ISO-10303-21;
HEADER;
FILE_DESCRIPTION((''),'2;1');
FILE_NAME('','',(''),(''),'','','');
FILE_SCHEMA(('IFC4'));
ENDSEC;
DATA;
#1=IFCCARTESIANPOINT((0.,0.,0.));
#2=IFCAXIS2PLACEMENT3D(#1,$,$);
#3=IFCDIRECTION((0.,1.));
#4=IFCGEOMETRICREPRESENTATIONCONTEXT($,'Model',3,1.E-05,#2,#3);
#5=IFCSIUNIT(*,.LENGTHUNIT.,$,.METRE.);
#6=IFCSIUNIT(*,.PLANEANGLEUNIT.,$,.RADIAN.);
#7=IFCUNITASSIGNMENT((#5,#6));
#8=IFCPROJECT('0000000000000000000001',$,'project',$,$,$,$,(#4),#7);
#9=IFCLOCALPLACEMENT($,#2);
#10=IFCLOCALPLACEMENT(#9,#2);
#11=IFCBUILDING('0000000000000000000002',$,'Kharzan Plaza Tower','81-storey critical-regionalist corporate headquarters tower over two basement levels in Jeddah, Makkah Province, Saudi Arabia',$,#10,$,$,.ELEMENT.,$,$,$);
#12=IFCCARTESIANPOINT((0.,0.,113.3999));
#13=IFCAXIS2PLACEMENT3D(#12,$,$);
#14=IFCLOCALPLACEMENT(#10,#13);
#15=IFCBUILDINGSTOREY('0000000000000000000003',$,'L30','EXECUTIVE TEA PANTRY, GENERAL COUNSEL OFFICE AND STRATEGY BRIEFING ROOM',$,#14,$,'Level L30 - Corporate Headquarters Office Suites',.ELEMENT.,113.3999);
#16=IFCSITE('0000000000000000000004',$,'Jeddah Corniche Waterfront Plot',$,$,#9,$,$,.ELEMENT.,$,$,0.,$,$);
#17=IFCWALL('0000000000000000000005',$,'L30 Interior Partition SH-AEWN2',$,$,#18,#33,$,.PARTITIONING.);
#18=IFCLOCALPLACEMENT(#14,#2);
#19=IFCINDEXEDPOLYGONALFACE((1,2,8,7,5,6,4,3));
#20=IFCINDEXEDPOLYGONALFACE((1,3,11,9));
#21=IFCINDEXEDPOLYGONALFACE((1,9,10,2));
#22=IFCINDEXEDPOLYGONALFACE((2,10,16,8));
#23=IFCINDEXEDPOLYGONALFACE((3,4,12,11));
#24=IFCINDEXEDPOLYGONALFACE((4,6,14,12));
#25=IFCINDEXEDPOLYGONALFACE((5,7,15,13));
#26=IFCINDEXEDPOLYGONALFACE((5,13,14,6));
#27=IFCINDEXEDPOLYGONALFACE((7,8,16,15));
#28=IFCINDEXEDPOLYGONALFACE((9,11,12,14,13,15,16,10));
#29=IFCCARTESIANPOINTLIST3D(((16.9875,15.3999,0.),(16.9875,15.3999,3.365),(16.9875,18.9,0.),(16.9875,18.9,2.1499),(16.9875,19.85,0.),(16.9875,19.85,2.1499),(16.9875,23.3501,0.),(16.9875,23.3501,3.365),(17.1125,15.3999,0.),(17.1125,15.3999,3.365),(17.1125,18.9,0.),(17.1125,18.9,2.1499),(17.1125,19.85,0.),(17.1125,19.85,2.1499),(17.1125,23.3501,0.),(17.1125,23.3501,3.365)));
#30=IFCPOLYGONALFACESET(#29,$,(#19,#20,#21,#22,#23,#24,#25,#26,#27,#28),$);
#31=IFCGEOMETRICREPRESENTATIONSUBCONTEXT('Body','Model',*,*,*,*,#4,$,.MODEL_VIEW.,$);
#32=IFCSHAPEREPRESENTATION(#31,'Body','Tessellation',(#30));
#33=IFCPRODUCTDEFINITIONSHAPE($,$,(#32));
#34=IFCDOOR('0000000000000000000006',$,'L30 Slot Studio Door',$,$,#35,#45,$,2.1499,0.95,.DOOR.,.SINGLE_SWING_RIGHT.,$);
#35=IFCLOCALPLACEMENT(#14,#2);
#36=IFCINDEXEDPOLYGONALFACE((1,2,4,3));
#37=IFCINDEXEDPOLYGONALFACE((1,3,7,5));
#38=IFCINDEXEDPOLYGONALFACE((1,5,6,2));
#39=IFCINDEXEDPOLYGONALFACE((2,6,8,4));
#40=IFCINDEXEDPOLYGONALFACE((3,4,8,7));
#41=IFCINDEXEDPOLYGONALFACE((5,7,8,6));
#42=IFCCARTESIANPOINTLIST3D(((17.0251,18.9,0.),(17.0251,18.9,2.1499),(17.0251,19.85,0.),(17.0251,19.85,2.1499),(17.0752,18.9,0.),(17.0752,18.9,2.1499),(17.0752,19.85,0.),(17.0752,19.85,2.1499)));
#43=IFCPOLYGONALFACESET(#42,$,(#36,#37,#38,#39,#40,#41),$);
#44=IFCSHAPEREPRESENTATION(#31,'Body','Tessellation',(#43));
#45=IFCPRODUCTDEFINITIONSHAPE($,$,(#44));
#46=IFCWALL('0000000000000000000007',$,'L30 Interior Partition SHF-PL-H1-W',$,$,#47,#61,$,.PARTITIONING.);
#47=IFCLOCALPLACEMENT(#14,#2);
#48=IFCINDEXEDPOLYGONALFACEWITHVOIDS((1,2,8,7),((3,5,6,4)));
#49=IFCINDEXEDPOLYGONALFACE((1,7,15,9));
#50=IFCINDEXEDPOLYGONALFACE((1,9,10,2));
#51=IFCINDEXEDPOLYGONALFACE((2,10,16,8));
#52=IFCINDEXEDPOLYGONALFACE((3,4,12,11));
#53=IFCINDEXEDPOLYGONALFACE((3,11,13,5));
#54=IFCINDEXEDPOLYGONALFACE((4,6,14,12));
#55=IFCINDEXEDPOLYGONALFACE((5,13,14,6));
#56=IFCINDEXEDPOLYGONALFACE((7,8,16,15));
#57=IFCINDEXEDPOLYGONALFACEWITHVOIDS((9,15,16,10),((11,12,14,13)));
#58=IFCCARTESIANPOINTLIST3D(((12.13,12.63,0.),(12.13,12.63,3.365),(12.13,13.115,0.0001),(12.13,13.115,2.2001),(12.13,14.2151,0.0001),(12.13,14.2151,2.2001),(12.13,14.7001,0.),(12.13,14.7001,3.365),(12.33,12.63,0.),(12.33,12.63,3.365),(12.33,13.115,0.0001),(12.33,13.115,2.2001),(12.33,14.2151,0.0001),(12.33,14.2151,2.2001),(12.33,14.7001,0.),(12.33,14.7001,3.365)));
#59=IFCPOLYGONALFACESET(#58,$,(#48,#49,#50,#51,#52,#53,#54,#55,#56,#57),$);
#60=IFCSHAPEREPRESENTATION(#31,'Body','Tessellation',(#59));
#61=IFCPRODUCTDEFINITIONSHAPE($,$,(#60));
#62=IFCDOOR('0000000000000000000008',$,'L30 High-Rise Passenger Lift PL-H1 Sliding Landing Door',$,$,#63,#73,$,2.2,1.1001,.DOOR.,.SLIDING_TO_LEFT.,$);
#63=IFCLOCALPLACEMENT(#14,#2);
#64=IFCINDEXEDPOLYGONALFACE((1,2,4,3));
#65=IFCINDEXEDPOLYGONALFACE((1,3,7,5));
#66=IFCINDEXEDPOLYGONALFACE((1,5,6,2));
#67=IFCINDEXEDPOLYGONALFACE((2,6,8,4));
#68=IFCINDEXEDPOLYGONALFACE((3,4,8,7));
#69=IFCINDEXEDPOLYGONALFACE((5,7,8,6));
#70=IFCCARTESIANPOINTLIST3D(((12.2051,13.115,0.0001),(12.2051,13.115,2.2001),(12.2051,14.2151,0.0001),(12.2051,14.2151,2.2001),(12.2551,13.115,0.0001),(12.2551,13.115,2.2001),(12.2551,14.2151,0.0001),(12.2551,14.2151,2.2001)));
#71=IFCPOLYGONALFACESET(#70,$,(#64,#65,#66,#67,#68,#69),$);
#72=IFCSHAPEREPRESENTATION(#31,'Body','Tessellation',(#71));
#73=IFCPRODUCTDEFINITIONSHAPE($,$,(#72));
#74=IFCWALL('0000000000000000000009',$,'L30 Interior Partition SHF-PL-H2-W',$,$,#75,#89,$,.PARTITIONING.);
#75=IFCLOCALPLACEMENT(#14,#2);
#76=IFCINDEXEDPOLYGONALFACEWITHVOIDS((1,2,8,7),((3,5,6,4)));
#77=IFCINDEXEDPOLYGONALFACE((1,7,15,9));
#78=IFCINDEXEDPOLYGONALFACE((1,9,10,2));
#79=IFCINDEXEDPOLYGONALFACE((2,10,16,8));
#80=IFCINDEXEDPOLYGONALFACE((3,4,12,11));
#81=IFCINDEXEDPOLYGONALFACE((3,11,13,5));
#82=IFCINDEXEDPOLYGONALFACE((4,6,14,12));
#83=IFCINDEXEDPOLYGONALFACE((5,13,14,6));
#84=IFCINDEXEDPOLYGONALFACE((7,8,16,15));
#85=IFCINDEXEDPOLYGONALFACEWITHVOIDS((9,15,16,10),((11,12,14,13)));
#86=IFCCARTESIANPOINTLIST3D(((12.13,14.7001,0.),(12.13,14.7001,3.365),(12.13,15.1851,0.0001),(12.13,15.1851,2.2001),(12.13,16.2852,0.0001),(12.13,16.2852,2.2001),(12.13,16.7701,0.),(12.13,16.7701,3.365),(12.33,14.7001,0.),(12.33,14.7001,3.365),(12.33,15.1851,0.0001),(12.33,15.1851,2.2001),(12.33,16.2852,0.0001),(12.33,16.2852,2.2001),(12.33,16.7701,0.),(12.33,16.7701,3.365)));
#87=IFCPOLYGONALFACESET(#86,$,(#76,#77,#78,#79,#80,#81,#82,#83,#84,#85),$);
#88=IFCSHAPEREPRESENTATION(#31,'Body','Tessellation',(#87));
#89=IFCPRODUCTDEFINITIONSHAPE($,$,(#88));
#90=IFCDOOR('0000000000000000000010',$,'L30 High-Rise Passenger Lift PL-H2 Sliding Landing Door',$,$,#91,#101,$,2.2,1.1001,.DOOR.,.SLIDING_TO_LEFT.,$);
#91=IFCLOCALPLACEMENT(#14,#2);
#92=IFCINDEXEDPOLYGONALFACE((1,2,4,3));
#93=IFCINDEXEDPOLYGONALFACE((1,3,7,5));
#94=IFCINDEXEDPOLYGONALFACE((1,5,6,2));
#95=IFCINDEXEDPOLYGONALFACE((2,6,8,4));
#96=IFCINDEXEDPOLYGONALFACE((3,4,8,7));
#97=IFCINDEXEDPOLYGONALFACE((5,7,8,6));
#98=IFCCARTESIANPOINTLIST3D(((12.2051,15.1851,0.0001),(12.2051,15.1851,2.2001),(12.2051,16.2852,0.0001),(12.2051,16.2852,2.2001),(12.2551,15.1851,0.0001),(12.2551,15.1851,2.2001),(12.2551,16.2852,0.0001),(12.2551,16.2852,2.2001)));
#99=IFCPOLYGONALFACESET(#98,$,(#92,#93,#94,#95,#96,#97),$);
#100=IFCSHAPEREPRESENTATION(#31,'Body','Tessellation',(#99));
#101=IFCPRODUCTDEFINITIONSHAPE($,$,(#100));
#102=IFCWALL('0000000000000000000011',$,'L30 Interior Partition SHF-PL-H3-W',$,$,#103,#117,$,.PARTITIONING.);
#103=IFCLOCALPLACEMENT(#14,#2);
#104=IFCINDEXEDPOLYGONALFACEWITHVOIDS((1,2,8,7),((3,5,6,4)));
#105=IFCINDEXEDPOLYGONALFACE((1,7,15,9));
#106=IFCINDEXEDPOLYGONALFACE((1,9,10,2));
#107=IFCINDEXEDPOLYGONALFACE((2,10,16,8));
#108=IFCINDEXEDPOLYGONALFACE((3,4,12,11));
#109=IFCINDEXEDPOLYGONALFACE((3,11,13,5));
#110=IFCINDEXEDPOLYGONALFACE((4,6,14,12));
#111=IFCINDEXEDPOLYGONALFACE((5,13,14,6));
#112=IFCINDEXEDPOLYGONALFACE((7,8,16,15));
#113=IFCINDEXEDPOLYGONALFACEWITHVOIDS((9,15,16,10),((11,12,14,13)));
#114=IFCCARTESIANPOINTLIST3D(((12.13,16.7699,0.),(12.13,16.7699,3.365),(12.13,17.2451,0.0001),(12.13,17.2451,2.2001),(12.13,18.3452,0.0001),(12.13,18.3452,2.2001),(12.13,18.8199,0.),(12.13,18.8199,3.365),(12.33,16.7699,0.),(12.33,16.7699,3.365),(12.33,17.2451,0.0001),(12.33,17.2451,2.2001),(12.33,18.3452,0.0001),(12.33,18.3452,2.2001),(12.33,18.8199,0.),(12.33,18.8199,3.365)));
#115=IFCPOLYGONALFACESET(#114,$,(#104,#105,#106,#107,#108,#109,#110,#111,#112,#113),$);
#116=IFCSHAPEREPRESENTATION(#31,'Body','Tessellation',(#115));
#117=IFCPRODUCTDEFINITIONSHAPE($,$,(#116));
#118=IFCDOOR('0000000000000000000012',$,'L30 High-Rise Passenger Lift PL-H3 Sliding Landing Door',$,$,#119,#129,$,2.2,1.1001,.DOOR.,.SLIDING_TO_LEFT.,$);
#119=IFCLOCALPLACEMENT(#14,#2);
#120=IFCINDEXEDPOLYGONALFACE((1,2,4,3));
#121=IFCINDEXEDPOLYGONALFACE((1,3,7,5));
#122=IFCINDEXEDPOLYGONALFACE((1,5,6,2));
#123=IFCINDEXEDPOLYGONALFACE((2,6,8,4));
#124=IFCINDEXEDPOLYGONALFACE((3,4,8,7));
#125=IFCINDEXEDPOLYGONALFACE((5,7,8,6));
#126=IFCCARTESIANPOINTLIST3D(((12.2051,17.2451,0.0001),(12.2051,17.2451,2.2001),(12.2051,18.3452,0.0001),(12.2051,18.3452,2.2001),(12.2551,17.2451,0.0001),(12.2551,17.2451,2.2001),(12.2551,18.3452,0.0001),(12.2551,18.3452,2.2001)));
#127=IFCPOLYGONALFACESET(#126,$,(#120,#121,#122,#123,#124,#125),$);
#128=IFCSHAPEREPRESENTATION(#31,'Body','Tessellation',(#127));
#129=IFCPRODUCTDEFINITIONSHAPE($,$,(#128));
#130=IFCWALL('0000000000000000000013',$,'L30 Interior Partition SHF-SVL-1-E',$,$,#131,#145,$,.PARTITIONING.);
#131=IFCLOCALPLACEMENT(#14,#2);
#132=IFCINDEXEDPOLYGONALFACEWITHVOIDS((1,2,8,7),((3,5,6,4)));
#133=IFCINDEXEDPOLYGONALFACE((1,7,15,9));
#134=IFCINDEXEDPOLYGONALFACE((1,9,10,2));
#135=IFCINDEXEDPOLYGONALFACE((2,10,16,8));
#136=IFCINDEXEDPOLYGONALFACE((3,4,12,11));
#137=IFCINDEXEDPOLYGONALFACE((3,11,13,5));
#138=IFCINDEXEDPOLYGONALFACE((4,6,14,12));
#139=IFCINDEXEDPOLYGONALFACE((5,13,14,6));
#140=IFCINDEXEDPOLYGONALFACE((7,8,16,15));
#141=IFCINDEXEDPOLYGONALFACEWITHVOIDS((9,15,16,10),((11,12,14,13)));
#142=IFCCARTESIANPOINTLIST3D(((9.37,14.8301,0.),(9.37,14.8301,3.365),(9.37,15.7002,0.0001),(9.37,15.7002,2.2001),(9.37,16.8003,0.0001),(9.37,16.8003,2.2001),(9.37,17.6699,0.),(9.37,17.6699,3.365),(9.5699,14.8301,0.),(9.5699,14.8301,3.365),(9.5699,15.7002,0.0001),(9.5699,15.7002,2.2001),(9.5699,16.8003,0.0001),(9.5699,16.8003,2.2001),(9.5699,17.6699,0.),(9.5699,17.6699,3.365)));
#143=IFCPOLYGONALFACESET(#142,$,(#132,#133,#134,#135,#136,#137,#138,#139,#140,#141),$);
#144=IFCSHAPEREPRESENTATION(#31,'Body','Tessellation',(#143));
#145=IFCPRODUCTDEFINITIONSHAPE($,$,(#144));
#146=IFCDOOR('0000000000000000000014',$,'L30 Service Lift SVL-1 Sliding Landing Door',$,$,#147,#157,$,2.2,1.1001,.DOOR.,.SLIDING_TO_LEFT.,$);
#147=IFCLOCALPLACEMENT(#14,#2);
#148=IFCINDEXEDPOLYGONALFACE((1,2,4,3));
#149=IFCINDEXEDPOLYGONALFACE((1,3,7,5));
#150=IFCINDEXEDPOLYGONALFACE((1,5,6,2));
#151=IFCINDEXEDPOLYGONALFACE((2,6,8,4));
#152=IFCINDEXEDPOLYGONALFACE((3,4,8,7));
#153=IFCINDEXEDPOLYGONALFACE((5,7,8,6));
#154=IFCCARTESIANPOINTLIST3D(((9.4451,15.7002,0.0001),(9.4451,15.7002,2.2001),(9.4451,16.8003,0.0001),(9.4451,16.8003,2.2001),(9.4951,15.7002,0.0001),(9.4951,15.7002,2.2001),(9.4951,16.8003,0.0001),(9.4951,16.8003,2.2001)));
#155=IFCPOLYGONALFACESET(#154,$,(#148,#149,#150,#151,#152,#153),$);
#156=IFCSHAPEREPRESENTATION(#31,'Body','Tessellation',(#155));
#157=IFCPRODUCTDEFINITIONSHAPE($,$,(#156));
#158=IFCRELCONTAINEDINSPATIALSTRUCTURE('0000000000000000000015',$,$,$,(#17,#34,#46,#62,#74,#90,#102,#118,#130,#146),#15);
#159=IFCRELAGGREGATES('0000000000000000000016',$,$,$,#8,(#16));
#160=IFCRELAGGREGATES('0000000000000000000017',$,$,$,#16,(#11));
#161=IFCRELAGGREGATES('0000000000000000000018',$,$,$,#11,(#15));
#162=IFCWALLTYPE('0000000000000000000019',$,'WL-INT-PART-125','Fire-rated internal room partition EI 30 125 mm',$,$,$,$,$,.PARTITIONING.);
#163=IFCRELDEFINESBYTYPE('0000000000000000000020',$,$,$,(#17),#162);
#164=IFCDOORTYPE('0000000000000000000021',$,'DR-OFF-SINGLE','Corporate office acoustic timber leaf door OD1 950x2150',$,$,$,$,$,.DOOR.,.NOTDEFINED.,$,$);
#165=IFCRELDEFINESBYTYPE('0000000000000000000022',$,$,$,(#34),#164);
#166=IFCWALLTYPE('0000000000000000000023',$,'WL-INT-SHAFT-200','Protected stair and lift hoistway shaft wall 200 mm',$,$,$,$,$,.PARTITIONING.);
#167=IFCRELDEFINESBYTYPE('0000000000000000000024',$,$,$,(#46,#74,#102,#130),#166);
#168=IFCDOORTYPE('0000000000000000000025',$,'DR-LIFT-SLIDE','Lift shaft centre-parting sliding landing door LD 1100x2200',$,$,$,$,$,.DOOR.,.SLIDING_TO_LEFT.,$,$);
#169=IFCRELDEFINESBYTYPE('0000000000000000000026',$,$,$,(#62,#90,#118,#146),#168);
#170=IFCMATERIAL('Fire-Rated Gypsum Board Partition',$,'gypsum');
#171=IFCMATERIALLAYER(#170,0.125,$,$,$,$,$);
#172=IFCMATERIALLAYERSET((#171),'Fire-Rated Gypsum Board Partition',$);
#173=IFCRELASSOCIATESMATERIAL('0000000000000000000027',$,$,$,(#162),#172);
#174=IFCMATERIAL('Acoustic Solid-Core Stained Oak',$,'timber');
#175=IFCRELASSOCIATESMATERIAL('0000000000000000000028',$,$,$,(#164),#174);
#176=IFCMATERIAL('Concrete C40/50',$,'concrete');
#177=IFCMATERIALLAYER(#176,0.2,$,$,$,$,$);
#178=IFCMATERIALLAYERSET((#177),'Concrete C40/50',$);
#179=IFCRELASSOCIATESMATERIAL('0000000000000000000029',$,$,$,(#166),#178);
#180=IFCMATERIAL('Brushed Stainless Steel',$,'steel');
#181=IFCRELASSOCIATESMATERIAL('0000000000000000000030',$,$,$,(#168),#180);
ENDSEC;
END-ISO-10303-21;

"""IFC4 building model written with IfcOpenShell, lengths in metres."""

from ifc_helpers import new_model, si_unit, direction, frame, frame_2d, origin, place, context, subcontext, project, spatial, rectangle, extrude, source, transform, mapped, material, layer, layer_set, type_object, element, fill, save


model = new_model("IFC4")

# Units and contexts
model_context = context("Model", 3, precision=1e-05, world=origin(), true_north=direction((0.0, 1.0)))
body_context = subcontext(model_context, "Body", "Model", "MODEL_VIEW")
ifc_project = project(units=[si_unit("LENGTHUNIT", "METRE"), si_unit("PLANEANGLEUNIT", "RADIAN")], contexts=[model_context])

# Site, building, storey
site_placement = place(None, origin())
site = spatial("IfcSite", under=ifc_project, at=site_placement, Name="Jeddah Corniche Waterfront Plot", CompositionType="ELEMENT", RefElevation=0.0)
building_placement = place(site_placement, origin())
building = spatial("IfcBuilding", under=site, at=building_placement, Name="Kharzan Plaza Tower", Description="81-storey critical-regionalist corporate headquarters tower over two basement levels in Jeddah, Makkah Province, Saudi Arabia", CompositionType="ELEMENT")
storey_placement = place(building_placement, frame((0.0, 0.0, 113.3999)))
storey = spatial("IfcBuildingStorey", under=building, at=storey_placement, Name="L30", Description="EXECUTIVE TEA PANTRY, GENERAL COUNSEL OFFICE AND STRATEGY BRIEFING ROOM", LongName="Level L30 - Corporate Headquarters Office Suites", CompositionType="ELEMENT", Elevation=113.3999)

# Walls, openings, doors
ifc_material_1 = material(Name="Fire-Rated Gypsum Board Partition", Category="gypsum")
ifc_layer_1 = layer(ifc_material_1, 0.125)
ifc_layer_set_1 = layer_set([ifc_layer_1], Name="Fire-Rated Gypsum Board Partition")
wall_type_1 = type_object("IfcWallType", Name="WL-INT-PART-125", Description="Fire-rated internal room partition EI 30 125 mm", PredefinedType="PARTITIONING", material=ifc_layer_set_1)
ifc_material_2 = material(Name="Acoustic Solid-Core Stained Oak", Category="timber")
door_type_1 = type_object("IfcDoorType", Name="DR-OFF-SINGLE", Description="Corporate office acoustic timber leaf door OD1 950x2150", OperationType="NOTDEFINED", PredefinedType="DOOR", material=ifc_material_2)
shared_shape_1 = source(origin(), body_context, "Body", "SweptSolid", [
    extrude(rectangle(XDim=0.95, YDim=2.1499, at=frame_2d((0.4751, 1.075))), frame((0.0, 0.0249, 0.0), z_axis=(0.0, -1.0, 0.0), x_axis=(1.0, 0.0, 0.0)), (0.0, 0.0, 1.0), 0.05),
])
wall_1_placement = place(storey_placement, frame((17.05, 15.3999, 0.0), z_axis=(0.0, 0.0, 1.0), x_axis=(0.0, 1.0, 0.0)))
wall_1 = element("IfcWall", 1, at=wall_1_placement, inside=storey, type_object=wall_type_1, Name="L30 Interior Partition SH-AEWN2", PredefinedType="PARTITIONING", context=body_context, shape_type="SweptSolid", body=[
    extrude(rectangle(XDim=7.9502, YDim=0.125, at=frame_2d((3.9751, 0.0))), origin(), (0.0, 0.0, 1.0), 3.365),
])
opening_1_placement = place(wall_1_placement, frame((3.5, 0.0, 0.0)))
opening_1 = element("IfcOpeningElement", 2, at=opening_1_placement, cuts=wall_1, PredefinedType="OPENING", context=body_context, shape_type="SweptSolid", body=[
    extrude(rectangle(XDim=0.95, YDim=2.1499, at=frame_2d((0.4751, 1.075))), frame((0.0, 0.0725, 0.0), z_axis=(0.0, -1.0, 0.0), x_axis=(1.0, 0.0, 0.0)), (0.0, 0.0, 1.0), 0.145),
])
door_1_placement = place(opening_1_placement, origin())
door_1 = element("IfcDoor", 3, at=door_1_placement, inside=storey, type_object=door_type_1, Name="L30 Slot Studio Door", OperationType="SINGLE_SWING_RIGHT", OverallHeight=2.1499, OverallWidth=0.95, PredefinedType="DOOR", context=body_context, shape_type="MappedRepresentation", body=[
    mapped(shared_shape_1, transform((0.0, 0.0, 0.0), x_axis=(1.0, 0.0, 0.0), y_axis=(0.0, 1.0, 0.0), z_axis=(0.0, 0.0, 1.0))),
])
fill(opening_1, door_1)
ifc_material_3 = material(Name="Concrete C40/50", Category="concrete")
ifc_layer_2 = layer(ifc_material_3, 0.2)
ifc_layer_set_2 = layer_set([ifc_layer_2], Name="Concrete C40/50")
wall_type_2 = type_object("IfcWallType", Name="WL-INT-SHAFT-200", Description="Protected stair and lift hoistway shaft wall 200 mm", PredefinedType="PARTITIONING", material=ifc_layer_set_2)
wall_2_placement = place(storey_placement, frame((12.23, 12.6299, 0.0), z_axis=(0.0, 0.0, 1.0), x_axis=(0.0, 1.0, 0.0)))
wall_2 = element("IfcWall", 4, at=wall_2_placement, inside=storey, type_object=wall_type_2, Name="L30 Interior Partition SHF-PL-H1-W", PredefinedType="PARTITIONING", context=body_context, shape_type="SweptSolid", body=[
    extrude(rectangle(XDim=2.0701, YDim=0.2, at=frame_2d((1.0352, 0.0))), origin(), (0.0, 0.0, 1.0), 3.365),
])
opening_2_placement = place(wall_2_placement, frame((0.4851, 0.0, 0.0)))
opening_2 = element("IfcOpeningElement", 5, at=opening_2_placement, cuts=wall_2, PredefinedType="OPENING", context=body_context, shape_type="SweptSolid", body=[
    extrude(rectangle(XDim=1.1001, YDim=2.2, at=frame_2d((0.55, 1.1001))), frame((0.0, 0.1099, 0.0), z_axis=(0.0, -1.0, 0.0), x_axis=(1.0, 0.0, 0.0)), (0.0, 0.0, 1.0), 0.22),
])
ifc_material_4 = material(Name="Brushed Stainless Steel", Category="steel")
door_type_2 = type_object("IfcDoorType", Name="DR-LIFT-SLIDE", Description="Lift shaft centre-parting sliding landing door LD 1100x2200", OperationType="SLIDING_TO_LEFT", PredefinedType="DOOR", material=ifc_material_4)
shared_shape_2 = source(origin(), body_context, "Body", "SweptSolid", [
    extrude(rectangle(XDim=1.1001, YDim=2.2, at=frame_2d((0.55, 1.1001))), frame((0.0, 0.0249, 0.0), z_axis=(0.0, -1.0, 0.0), x_axis=(1.0, 0.0, 0.0)), (0.0, 0.0, 1.0), 0.05),
])
door_2_placement = place(opening_2_placement, origin())
door_2 = element("IfcDoor", 6, at=door_2_placement, inside=storey, type_object=door_type_2, Name="L30 High-Rise Passenger Lift PL-H1 Sliding Landing Door", OperationType="SLIDING_TO_LEFT", OverallHeight=2.2, OverallWidth=1.1001, PredefinedType="DOOR", context=body_context, shape_type="MappedRepresentation", body=[
    mapped(shared_shape_2, transform((0.0, 0.0, 0.0), x_axis=(1.0, 0.0, 0.0), y_axis=(0.0, 1.0, 0.0), z_axis=(0.0, 0.0, 1.0))),
])
fill(opening_2, door_2)
wall_3_placement = place(storey_placement, frame((12.23, 14.7, 0.0), z_axis=(0.0, 0.0, 1.0), x_axis=(0.0, 1.0, 0.0)))
wall_3 = element("IfcWall", 7, at=wall_3_placement, inside=storey, type_object=wall_type_2, Name="L30 Interior Partition SHF-PL-H2-W", PredefinedType="PARTITIONING", context=body_context, shape_type="SweptSolid", body=[
    extrude(rectangle(XDim=2.0701, YDim=0.2, at=frame_2d((1.0352, 0.0))), origin(), (0.0, 0.0, 1.0), 3.365),
])
opening_3_placement = place(wall_3_placement, frame((0.4851, 0.0, 0.0)))
opening_3 = element("IfcOpeningElement", 8, at=opening_3_placement, cuts=wall_3, PredefinedType="OPENING", context=body_context, shape_type="SweptSolid", body=[
    extrude(rectangle(XDim=1.1001, YDim=2.2, at=frame_2d((0.55, 1.1001))), frame((0.0, 0.1099, 0.0), z_axis=(0.0, -1.0, 0.0), x_axis=(1.0, 0.0, 0.0)), (0.0, 0.0, 1.0), 0.22),
])
door_3_placement = place(opening_3_placement, origin())
door_3 = element("IfcDoor", 9, at=door_3_placement, inside=storey, type_object=door_type_2, Name="L30 High-Rise Passenger Lift PL-H2 Sliding Landing Door", OperationType="SLIDING_TO_LEFT", OverallHeight=2.2, OverallWidth=1.1001, PredefinedType="DOOR", context=body_context, shape_type="MappedRepresentation", body=[
    mapped(shared_shape_2, transform((0.0, 0.0, 0.0), x_axis=(1.0, 0.0, 0.0), y_axis=(0.0, 1.0, 0.0), z_axis=(0.0, 0.0, 1.0))),
])
fill(opening_3, door_3)
wall_4_placement = place(storey_placement, frame((12.23, 16.77, 0.0), z_axis=(0.0, 0.0, 1.0), x_axis=(0.0, 1.0, 0.0)))
wall_4 = element("IfcWall", 10, at=wall_4_placement, inside=storey, type_object=wall_type_2, Name="L30 Interior Partition SHF-PL-H3-W", PredefinedType="PARTITIONING", context=body_context, shape_type="SweptSolid", body=[
    extrude(rectangle(XDim=2.05, YDim=0.2, at=frame_2d((1.0249, 0.0))), origin(), (0.0, 0.0, 1.0), 3.365),
])
opening_4_placement = place(wall_4_placement, frame((0.4751, 0.0, 0.0)))
opening_4 = element("IfcOpeningElement", 11, at=opening_4_placement, cuts=wall_4, PredefinedType="OPENING", context=body_context, shape_type="SweptSolid", body=[
    extrude(rectangle(XDim=1.1001, YDim=2.2, at=frame_2d((0.55, 1.1001))), frame((0.0, 0.1099, 0.0), z_axis=(0.0, -1.0, 0.0), x_axis=(1.0, 0.0, 0.0)), (0.0, 0.0, 1.0), 0.22),
])
door_4_placement = place(opening_4_placement, origin())
door_4 = element("IfcDoor", 12, at=door_4_placement, inside=storey, type_object=door_type_2, Name="L30 High-Rise Passenger Lift PL-H3 Sliding Landing Door", OperationType="SLIDING_TO_LEFT", OverallHeight=2.2, OverallWidth=1.1001, PredefinedType="DOOR", context=body_context, shape_type="MappedRepresentation", body=[
    mapped(shared_shape_2, transform((0.0, 0.0, 0.0), x_axis=(1.0, 0.0, 0.0), y_axis=(0.0, 1.0, 0.0), z_axis=(0.0, 0.0, 1.0))),
])
fill(opening_4, door_4)
wall_5_placement = place(storey_placement, frame((9.47, 14.8301, 0.0), z_axis=(0.0, 0.0, 1.0), x_axis=(0.0, 1.0, 0.0)))
wall_5 = element("IfcWall", 13, at=wall_5_placement, inside=storey, type_object=wall_type_2, Name="L30 Interior Partition SHF-SVL-1-E", PredefinedType="PARTITIONING", context=body_context, shape_type="SweptSolid", body=[
    extrude(rectangle(XDim=2.8398, YDim=0.2, at=frame_2d((1.4199, 0.0))), origin(), (0.0, 0.0, 1.0), 3.365),
])
opening_5_placement = place(wall_5_placement, frame((0.8701, 0.0, 0.0)))
opening_5 = element("IfcOpeningElement", 14, at=opening_5_placement, cuts=wall_5, PredefinedType="OPENING", context=body_context, shape_type="SweptSolid", body=[
    extrude(rectangle(XDim=1.1001, YDim=2.2, at=frame_2d((0.55, 1.1001))), frame((0.0, 0.1099, 0.0), z_axis=(0.0, -1.0, 0.0), x_axis=(1.0, 0.0, 0.0)), (0.0, 0.0, 1.0), 0.22),
])
door_5_placement = place(opening_5_placement, origin())
door_5 = element("IfcDoor", 15, at=door_5_placement, inside=storey, type_object=door_type_2, Name="L30 Service Lift SVL-1 Sliding Landing Door", OperationType="SLIDING_TO_LEFT", OverallHeight=2.2, OverallWidth=1.1001, PredefinedType="DOOR", context=body_context, shape_type="MappedRepresentation", body=[
    mapped(shared_shape_2, transform((0.0, 0.0, 0.0), x_axis=(1.0, 0.0, 0.0), y_axis=(0.0, 1.0, 0.0), z_axis=(0.0, 0.0, 1.0))),
])
fill(opening_5, door_5)

save(model, "model.ifc")
